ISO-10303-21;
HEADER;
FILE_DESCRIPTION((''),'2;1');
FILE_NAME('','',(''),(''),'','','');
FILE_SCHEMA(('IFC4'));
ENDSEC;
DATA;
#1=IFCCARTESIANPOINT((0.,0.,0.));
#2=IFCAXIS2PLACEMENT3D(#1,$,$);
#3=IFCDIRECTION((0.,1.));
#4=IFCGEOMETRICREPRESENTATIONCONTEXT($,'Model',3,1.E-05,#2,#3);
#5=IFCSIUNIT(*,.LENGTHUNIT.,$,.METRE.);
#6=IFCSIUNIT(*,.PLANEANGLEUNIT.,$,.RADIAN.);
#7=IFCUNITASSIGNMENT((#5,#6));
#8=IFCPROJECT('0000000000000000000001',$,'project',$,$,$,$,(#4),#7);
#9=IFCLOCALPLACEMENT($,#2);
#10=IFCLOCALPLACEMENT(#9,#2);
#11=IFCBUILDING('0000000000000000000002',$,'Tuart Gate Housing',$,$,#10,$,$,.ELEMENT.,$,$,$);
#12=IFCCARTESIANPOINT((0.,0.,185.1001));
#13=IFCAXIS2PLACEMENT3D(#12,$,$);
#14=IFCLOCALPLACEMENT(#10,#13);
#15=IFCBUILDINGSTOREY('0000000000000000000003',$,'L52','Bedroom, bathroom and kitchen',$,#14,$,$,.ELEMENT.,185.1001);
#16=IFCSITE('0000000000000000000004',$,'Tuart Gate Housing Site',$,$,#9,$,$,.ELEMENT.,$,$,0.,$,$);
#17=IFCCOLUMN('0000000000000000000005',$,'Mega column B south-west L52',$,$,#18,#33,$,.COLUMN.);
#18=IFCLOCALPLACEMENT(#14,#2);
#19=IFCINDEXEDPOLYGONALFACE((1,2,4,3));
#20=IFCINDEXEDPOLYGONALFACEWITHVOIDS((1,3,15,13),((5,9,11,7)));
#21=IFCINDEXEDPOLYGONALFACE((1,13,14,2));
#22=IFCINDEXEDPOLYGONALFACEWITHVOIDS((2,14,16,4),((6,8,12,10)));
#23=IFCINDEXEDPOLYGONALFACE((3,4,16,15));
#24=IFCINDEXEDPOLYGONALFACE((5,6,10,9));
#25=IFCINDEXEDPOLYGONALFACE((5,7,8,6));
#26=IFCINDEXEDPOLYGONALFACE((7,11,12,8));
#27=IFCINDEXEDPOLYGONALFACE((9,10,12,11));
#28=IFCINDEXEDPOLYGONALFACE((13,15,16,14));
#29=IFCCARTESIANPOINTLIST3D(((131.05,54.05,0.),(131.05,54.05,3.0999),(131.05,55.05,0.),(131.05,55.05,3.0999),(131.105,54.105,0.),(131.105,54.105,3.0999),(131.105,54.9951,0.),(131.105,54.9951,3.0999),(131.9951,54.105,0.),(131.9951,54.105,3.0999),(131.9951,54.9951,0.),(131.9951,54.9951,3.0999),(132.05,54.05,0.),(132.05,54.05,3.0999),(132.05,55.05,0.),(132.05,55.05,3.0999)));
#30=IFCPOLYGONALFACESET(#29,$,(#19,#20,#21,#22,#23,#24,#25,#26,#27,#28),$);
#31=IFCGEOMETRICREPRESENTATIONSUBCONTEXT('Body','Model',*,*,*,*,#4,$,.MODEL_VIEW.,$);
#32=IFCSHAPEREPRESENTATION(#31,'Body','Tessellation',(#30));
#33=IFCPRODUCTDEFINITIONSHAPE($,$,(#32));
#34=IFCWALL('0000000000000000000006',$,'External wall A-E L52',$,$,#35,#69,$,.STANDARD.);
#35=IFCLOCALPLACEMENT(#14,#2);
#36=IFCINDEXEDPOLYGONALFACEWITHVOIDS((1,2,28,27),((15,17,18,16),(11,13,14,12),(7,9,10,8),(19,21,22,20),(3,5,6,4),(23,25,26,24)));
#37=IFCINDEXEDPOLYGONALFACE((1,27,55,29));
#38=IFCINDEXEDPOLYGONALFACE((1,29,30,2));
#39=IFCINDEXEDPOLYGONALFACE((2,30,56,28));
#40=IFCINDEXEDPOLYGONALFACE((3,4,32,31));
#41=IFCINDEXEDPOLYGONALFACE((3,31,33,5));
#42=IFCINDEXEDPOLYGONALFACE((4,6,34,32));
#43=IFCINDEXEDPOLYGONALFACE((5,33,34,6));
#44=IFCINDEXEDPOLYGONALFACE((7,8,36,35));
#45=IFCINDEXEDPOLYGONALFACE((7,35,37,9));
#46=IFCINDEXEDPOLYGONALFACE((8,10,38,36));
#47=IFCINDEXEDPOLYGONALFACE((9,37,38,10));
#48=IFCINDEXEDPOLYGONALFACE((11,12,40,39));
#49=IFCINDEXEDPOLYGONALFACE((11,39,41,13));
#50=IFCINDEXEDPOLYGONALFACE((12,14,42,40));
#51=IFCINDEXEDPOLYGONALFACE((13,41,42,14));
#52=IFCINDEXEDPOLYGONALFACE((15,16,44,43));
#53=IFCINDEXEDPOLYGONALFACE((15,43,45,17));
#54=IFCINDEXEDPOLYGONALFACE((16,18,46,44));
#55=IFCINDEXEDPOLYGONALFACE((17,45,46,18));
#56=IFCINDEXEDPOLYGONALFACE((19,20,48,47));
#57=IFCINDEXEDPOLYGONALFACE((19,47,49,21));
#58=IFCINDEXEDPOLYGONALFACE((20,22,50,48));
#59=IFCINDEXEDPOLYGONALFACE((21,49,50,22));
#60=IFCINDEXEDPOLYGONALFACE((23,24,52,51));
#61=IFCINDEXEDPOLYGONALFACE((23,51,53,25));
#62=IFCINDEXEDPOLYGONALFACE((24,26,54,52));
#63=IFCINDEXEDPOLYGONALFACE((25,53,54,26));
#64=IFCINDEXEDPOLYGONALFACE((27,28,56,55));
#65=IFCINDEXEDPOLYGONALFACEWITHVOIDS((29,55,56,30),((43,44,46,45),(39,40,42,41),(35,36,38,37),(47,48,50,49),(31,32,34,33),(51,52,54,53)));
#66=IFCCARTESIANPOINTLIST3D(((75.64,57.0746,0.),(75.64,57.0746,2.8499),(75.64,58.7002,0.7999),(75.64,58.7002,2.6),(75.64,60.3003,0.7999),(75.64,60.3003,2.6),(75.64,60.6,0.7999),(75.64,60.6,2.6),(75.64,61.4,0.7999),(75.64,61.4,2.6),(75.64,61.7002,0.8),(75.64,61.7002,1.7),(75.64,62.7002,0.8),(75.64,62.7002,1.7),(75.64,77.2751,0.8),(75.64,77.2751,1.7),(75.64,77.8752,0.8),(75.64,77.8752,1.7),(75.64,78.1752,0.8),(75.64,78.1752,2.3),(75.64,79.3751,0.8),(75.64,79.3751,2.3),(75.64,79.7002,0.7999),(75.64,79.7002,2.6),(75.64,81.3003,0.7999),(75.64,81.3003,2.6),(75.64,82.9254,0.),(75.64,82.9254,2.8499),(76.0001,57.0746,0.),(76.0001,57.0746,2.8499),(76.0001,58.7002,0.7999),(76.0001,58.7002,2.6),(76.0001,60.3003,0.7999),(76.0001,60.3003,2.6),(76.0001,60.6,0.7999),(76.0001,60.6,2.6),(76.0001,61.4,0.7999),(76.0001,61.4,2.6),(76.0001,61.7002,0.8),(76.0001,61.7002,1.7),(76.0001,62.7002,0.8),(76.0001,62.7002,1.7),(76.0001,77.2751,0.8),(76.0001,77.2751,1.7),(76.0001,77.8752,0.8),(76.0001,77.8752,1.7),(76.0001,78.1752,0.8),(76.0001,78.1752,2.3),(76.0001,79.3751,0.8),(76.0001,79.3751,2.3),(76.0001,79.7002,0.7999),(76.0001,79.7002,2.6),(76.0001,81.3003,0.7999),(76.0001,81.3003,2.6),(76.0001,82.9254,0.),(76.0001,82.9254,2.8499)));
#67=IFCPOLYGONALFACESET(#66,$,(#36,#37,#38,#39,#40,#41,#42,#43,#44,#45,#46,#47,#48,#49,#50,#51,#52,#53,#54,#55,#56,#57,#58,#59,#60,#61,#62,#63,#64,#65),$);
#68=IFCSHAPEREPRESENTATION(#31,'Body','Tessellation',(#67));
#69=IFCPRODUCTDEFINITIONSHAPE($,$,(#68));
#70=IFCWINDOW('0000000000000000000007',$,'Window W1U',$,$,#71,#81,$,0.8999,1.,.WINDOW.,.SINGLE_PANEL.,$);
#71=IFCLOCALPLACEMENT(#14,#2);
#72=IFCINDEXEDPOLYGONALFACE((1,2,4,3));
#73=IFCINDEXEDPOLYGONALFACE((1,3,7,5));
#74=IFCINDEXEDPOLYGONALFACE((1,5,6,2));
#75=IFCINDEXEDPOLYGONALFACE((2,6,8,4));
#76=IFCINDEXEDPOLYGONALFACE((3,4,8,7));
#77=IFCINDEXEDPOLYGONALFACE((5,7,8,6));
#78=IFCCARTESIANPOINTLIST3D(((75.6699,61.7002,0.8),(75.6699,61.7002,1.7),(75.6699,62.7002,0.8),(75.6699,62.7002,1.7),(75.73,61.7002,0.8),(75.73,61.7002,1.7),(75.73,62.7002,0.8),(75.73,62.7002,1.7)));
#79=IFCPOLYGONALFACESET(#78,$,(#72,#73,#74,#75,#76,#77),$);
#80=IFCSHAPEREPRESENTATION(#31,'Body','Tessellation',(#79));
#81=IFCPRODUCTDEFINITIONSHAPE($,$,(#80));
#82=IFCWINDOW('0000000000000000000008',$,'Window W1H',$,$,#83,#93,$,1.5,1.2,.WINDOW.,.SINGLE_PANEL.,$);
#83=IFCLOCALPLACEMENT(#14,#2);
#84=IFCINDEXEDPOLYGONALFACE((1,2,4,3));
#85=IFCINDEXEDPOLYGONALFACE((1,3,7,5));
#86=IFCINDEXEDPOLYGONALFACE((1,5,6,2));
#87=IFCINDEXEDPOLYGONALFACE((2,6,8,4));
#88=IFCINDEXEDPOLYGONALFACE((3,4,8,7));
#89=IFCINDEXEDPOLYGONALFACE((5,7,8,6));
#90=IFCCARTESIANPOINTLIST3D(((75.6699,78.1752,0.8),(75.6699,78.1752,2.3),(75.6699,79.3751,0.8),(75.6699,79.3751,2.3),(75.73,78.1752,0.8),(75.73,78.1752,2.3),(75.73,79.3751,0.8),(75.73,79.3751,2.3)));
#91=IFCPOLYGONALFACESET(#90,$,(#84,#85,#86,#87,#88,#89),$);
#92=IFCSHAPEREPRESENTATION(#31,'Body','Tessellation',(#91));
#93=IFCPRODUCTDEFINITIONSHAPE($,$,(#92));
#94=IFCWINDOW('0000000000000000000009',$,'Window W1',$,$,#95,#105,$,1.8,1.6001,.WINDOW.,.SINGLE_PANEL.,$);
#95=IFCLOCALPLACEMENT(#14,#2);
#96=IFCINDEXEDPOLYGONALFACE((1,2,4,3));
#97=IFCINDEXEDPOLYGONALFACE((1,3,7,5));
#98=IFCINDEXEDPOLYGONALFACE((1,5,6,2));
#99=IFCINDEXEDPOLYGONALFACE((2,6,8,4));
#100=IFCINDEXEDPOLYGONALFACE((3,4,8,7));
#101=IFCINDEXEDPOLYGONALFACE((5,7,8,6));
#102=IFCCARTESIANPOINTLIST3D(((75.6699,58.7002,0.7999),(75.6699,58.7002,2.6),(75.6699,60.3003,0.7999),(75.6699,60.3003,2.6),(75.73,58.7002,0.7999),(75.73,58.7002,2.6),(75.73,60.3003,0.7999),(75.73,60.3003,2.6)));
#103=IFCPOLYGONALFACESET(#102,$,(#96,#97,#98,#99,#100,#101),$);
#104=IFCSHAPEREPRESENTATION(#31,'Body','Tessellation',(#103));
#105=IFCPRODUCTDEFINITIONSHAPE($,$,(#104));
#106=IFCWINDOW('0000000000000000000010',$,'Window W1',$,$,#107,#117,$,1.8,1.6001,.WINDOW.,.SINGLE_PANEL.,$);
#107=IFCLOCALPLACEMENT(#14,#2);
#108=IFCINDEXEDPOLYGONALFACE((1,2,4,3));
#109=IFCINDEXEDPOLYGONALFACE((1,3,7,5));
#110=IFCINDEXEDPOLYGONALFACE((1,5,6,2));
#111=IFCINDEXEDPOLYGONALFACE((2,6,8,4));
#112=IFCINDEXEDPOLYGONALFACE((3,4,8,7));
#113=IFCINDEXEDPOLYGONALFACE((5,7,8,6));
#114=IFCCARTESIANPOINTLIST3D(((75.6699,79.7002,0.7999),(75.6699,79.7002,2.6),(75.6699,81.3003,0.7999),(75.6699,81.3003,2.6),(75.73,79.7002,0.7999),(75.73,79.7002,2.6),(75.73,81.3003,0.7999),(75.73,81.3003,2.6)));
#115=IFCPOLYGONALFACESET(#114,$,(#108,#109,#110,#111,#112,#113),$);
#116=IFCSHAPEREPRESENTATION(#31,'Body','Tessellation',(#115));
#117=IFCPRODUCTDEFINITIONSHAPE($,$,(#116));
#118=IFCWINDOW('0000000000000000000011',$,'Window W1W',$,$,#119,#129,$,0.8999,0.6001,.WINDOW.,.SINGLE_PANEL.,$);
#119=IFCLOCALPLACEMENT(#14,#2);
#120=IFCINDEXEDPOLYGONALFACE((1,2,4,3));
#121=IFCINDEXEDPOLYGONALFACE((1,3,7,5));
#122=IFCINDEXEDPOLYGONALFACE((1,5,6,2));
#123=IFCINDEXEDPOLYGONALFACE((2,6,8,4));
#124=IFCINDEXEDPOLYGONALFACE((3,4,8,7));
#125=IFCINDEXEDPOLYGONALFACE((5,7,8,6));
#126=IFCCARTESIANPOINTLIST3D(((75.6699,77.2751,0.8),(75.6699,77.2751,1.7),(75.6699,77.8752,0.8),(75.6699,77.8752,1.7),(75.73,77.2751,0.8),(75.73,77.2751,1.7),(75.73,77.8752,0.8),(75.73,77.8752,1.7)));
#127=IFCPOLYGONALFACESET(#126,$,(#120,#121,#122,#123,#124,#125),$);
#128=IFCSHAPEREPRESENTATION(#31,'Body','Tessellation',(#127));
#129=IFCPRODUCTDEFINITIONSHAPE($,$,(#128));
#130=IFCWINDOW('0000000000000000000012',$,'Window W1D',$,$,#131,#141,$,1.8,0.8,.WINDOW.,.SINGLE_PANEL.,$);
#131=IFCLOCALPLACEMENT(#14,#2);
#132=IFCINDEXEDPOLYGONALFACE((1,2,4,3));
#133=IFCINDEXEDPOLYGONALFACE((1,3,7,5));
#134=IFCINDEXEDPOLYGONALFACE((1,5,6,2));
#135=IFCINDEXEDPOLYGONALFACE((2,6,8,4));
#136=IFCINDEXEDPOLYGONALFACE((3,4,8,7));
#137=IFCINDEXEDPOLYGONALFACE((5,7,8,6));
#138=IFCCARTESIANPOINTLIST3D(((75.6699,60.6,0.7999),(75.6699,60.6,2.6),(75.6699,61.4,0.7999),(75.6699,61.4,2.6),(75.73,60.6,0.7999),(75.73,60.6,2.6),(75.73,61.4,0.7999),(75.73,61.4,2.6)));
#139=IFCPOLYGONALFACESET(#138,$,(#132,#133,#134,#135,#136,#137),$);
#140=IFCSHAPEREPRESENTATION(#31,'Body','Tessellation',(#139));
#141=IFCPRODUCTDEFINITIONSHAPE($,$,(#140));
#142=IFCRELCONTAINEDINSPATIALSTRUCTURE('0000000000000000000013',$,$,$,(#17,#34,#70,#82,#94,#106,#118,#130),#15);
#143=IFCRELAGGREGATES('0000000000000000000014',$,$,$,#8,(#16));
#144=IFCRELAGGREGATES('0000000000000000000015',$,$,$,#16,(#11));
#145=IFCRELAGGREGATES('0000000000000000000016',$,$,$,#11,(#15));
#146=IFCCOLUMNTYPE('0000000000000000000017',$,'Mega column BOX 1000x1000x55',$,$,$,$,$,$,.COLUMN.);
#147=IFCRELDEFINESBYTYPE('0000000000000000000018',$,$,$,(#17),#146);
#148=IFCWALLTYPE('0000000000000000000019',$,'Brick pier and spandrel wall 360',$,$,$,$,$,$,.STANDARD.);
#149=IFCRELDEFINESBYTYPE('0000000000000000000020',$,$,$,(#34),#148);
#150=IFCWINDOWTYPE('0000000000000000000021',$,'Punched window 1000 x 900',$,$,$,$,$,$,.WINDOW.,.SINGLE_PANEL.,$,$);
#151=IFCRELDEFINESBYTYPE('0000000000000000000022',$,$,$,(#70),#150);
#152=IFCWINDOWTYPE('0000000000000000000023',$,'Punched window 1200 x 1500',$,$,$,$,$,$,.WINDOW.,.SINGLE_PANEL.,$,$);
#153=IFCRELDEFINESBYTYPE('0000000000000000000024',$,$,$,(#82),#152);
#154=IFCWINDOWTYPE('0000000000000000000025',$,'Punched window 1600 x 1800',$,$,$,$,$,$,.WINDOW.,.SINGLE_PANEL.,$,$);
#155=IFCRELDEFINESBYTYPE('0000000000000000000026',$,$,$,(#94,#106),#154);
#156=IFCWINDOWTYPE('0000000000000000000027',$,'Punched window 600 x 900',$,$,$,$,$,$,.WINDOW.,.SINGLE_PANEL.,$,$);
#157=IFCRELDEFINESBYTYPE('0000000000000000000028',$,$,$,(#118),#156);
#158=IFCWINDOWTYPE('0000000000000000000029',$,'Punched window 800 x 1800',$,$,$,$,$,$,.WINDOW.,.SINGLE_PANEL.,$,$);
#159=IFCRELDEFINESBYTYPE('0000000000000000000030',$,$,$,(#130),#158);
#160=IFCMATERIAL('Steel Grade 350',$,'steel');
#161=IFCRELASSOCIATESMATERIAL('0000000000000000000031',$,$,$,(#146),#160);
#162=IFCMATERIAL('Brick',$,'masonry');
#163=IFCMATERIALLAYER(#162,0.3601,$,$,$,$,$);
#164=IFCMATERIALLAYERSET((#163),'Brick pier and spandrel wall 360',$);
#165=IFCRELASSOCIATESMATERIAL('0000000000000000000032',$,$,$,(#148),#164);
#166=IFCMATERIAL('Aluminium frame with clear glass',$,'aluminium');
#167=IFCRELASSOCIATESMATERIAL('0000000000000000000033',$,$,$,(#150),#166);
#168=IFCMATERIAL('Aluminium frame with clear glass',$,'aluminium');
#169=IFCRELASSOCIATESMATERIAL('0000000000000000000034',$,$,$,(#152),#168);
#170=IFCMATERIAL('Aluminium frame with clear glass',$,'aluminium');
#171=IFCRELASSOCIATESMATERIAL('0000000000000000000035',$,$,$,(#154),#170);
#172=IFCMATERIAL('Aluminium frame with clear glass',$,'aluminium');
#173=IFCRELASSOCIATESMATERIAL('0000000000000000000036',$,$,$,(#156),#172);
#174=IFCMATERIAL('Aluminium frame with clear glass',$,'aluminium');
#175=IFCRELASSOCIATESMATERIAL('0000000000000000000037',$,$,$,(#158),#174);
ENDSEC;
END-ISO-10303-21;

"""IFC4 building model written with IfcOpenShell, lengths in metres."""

from ifc_helpers import new_model, si_unit, direction, frame, frame_2d, origin, origin_2d, place, context, subcontext, project, spatial, rectangle, hollow_rectangle, extrude, material, layer, layer_set, material_profile, profile_set, type_object, element, fill, save


model = new_model("IFC4")

# Units and contexts
model_context = context("Model", 3, precision=1e-05, world=origin(), true_north=direction((0.0, 1.0)))
body_context = subcontext(model_context, "Body", "Model", "MODEL_VIEW")
ifc_project = project(units=[si_unit("LENGTHUNIT", "METRE"), si_unit("PLANEANGLEUNIT", "RADIAN")], contexts=[model_context])

# Site, building, storey
site_placement = place(None, origin())
site = spatial("IfcSite", under=ifc_project, at=site_placement, Name="Tuart Gate Housing Site", CompositionType="ELEMENT", RefElevation=0.0)
building_placement = place(site_placement, origin())
building = spatial("IfcBuilding", under=site, at=building_placement, Name="Tuart Gate Housing", CompositionType="ELEMENT")
storey_placement = place(building_placement, frame((0.0, 0.0, 185.1001)))
storey = spatial("IfcBuildingStorey", under=building, at=storey_placement, Name="L52", Description="Bedroom, bathroom and kitchen", CompositionType="ELEMENT", Elevation=185.1001)

# Column
ifc_material_1 = material(Name="Steel Grade 350", Category="steel")
ifc_material_profile = material_profile(ifc_material_1, hollow_rectangle(XDim=1.0, YDim=1.0, WallThickness=0.0549, at=origin_2d()), Name="BOX 1000x1000x55")
ifc_profile_set = profile_set([ifc_material_profile], Name="Steel Grade 350")
column_type = type_object("IfcColumnType", Name="Mega column BOX 1000x1000x55", PredefinedType="COLUMN", material=ifc_profile_set)
column_placement = place(storey_placement, frame((131.55, 54.55, 0.0), z_axis=(0.0, 0.0, 1.0), x_axis=(1.0, 0.0, 0.0)))
element("IfcColumn", 1, at=column_placement, inside=storey, type_object=column_type, Name="Mega column B south-west L52", PredefinedType="COLUMN", context=body_context, shape_type="SweptSolid", body=[
    extrude(hollow_rectangle(XDim=1.0, YDim=1.0, WallThickness=0.0549, at=origin_2d()), origin(), (0.0, 0.0, 1.0), 3.0999),
])

# Wall, openings, windows
ifc_material_2 = material(Name="Brick", Category="masonry")
ifc_layer_1 = layer(ifc_material_2, 0.3601)
ifc_layer_set_1 = layer_set([ifc_layer_1], Name="Brick pier and spandrel wall 360")
wall_type_1 = type_object("IfcWallType", Name="Brick pier and spandrel wall 360", PredefinedType="STANDARD", material=ifc_layer_set_1)
wall_1_placement = place(storey_placement, frame((75.8201, 57.0747, 0.0), z_axis=(0.0, 0.0, 1.0), x_axis=(0.0, 1.0, 0.0)))
wall_1 = element("IfcWall", 2, at=wall_1_placement, inside=storey, type_object=wall_type_1, Name="External wall A-E L52", PredefinedType="STANDARD", context=body_context, shape_type="SweptSolid", body=[
    extrude(rectangle(XDim=25.8508, YDim=0.3601, at=frame_2d((12.9253, 0.0))), origin(), (0.0, 0.0, 1.0), 2.8499),
])
opening_1_placement = place(wall_1_placement, frame((1.6255, 0.0, 0.8)))
opening_1 = element("IfcOpeningElement", 3, at=opening_1_placement, cuts=wall_1, PredefinedType="OPENING", context=body_context, shape_type="SweptSolid", body=[
    extrude(rectangle(XDim=1.6001, YDim=1.8, at=frame_2d((0.8, 0.8999))), frame((0.0, 0.1899, 0.0), z_axis=(0.0, -1.0, 0.0), x_axis=(1.0, 0.0, 0.0)), (0.0, 0.0, 1.0), 0.3801),
])
opening_2_placement = place(wall_1_placement, frame((3.5254, 0.0, 0.8)))
opening_2 = element("IfcOpeningElement", 4, at=opening_2_placement, cuts=wall_1, PredefinedType="OPENING", context=body_context, shape_type="SweptSolid", body=[
    extrude(rectangle(XDim=0.8, YDim=1.8, at=frame_2d((0.3999, 0.8999))), frame((0.0, 0.1899, 0.0), z_axis=(0.0, -1.0, 0.0), x_axis=(1.0, 0.0, 0.0)), (0.0, 0.0, 1.0), 0.3801),
])
opening_3_placement = place(wall_1_placement, frame((20.2004, 0.0, 0.8)))
opening_3 = element("IfcOpeningElement", 5, at=opening_3_placement, cuts=wall_1, PredefinedType="OPENING", context=body_context, shape_type="SweptSolid", body=[
    extrude(rectangle(XDim=0.6001, YDim=0.8999, at=frame_2d((0.3, 0.45))), frame((0.0, 0.1899, 0.0), z_axis=(0.0, -1.0, 0.0), x_axis=(1.0, 0.0, 0.0)), (0.0, 0.0, 1.0), 0.3801),
])
opening_4_placement = place(wall_1_placement, frame((22.6255, 0.0, 0.8)))
opening_4 = element("IfcOpeningElement", 6, at=opening_4_placement, cuts=wall_1, PredefinedType="OPENING", context=body_context, shape_type="SweptSolid", body=[
    extrude(rectangle(XDim=1.6001, YDim=1.8, at=frame_2d((0.8, 0.8999))), frame((0.0, 0.1899, 0.0), z_axis=(0.0, -1.0, 0.0), x_axis=(1.0, 0.0, 0.0)), (0.0, 0.0, 1.0), 0.3801),
])
opening_5_placement = place(wall_1_placement, frame((4.6255, 0.0, 0.8)))
opening_5 = element("IfcOpeningElement", 7, at=opening_5_placement, cuts=wall_1, PredefinedType="OPENING", context=body_context, shape_type="SweptSolid", body=[
    extrude(rectangle(XDim=1.0, YDim=0.8999, at=frame_2d((0.5, 0.45))), frame((0.0, 0.1899, 0.0), z_axis=(0.0, -1.0, 0.0), x_axis=(1.0, 0.0, 0.0)), (0.0, 0.0, 1.0), 0.3801),
])
opening_6_placement = place(wall_1_placement, frame((21.1003, 0.0, 0.8)))
opening_6 = element("IfcOpeningElement", 8, at=opening_6_placement, cuts=wall_1, PredefinedType="OPENING", context=body_context, shape_type="SweptSolid", body=[
    extrude(rectangle(XDim=1.2, YDim=1.5, at=frame_2d((0.6001, 0.75))), frame((0.0, 0.1899, 0.0), z_axis=(0.0, -1.0, 0.0), x_axis=(1.0, 0.0, 0.0)), (0.0, 0.0, 1.0), 0.3801),
])
ifc_material_3 = material(Name="Aluminium frame with clear glass", Category="aluminium")
window_type_1 = type_object("IfcWindowType", Name="Punched window 1000 x 900", PartitioningType="SINGLE_PANEL", PredefinedType="WINDOW", material=ifc_material_3)
window_1_placement = place(opening_5_placement, origin())
window_1 = element("IfcWindow", 9, at=window_1_placement, inside=storey, type_object=window_type_1, Name="Window W1U", OverallHeight=0.8999, OverallWidth=1.0, PartitioningType="SINGLE_PANEL", PredefinedType="WINDOW", context=body_context, shape_type="SweptSolid", body=[
    extrude(rectangle(XDim=1.0, YDim=0.8999, at=frame_2d((0.5, 0.45))), frame((0.0, 0.1501, 0.0), z_axis=(0.0, -1.0, 0.0), x_axis=(1.0, 0.0, 0.0)), (0.0, 0.0, 1.0), 0.0601),
])
fill(opening_5, window_1)
ifc_material_4 = material(Name="Aluminium frame with clear glass", Category="aluminium")
window_type_2 = type_object("IfcWindowType", Name="Punched window 1200 x 1500", PartitioningType="SINGLE_PANEL", PredefinedType="WINDOW", material=ifc_material_4)
window_2_placement = place(opening_6_placement, origin())
window_2 = element("IfcWindow", 10, at=window_2_placement, inside=storey, type_object=window_type_2, Name="Window W1H", OverallHeight=1.5, OverallWidth=1.2, PartitioningType="SINGLE_PANEL", PredefinedType="WINDOW", context=body_context, shape_type="SweptSolid", body=[
    extrude(rectangle(XDim=1.2, YDim=1.5, at=frame_2d((0.6001, 0.75))), frame((0.0, 0.1501, 0.0), z_axis=(0.0, -1.0, 0.0), x_axis=(1.0, 0.0, 0.0)), (0.0, 0.0, 1.0), 0.0601),
])
fill(opening_6, window_2)
ifc_material_5 = material(Name="Aluminium frame with clear glass", Category="aluminium")
window_type_3 = type_object("IfcWindowType", Name="Punched window 1600 x 1800", PartitioningType="SINGLE_PANEL", PredefinedType="WINDOW", material=ifc_material_5)
window_3_placement = place(opening_1_placement, origin())
window_3 = element("IfcWindow", 11, at=window_3_placement, inside=storey, type_object=window_type_3, Name="Window W1", OverallHeight=1.8, OverallWidth=1.6001, PartitioningType="SINGLE_PANEL", PredefinedType="WINDOW", context=body_context, shape_type="SweptSolid", body=[
    extrude(rectangle(XDim=1.6001, YDim=1.8, at=frame_2d((0.8, 0.8999))), frame((0.0, 0.1501, 0.0), z_axis=(0.0, -1.0, 0.0), x_axis=(1.0, 0.0, 0.0)), (0.0, 0.0, 1.0), 0.0601),
])
fill(opening_1, window_3)
window_4_placement = place(opening_4_placement, origin())
window_4 = element("IfcWindow", 12, at=window_4_placement, inside=storey, type_object=window_type_3, Name="Window W1", OverallHeight=1.8, OverallWidth=1.6001, PartitioningType="SINGLE_PANEL", PredefinedType="WINDOW", context=body_context, shape_type="SweptSolid", body=[
    extrude(rectangle(XDim=1.6001, YDim=1.8, at=frame_2d((0.8, 0.8999))), frame((0.0, 0.1501, 0.0), z_axis=(0.0, -1.0, 0.0), x_axis=(1.0, 0.0, 0.0)), (0.0, 0.0, 1.0), 0.0601),
])
fill(opening_4, window_4)
ifc_material_6 = material(Name="Aluminium frame with clear glass", Category="aluminium")
window_type_4 = type_object("IfcWindowType", Name="Punched window 600 x 900", PartitioningType="SINGLE_PANEL", PredefinedType="WINDOW", material=ifc_material_6)
window_5_placement = place(opening_3_placement, origin())
window_5 = element("IfcWindow", 13, at=window_5_placement, inside=storey, type_object=window_type_4, Name="Window W1W", OverallHeight=0.8999, OverallWidth=0.6001, PartitioningType="SINGLE_PANEL", PredefinedType="WINDOW", context=body_context, shape_type="SweptSolid", body=[
    extrude(rectangle(XDim=0.6001, YDim=0.8999, at=frame_2d((0.3, 0.45))), frame((0.0, 0.1501, 0.0), z_axis=(0.0, -1.0, 0.0), x_axis=(1.0, 0.0, 0.0)), (0.0, 0.0, 1.0), 0.0601),
])
fill(opening_3, window_5)
ifc_material_7 = material(Name="Aluminium frame with clear glass", Category="aluminium")
window_type_5 = type_object("IfcWindowType", Name="Punched window 800 x 1800", PartitioningType="SINGLE_PANEL", PredefinedType="WINDOW", material=ifc_material_7)
window_6_placement = place(opening_2_placement, origin())
window_6 = element("IfcWindow", 14, at=window_6_placement, inside=storey, type_object=window_type_5, Name="Window W1D", OverallHeight=1.8, OverallWidth=0.8, PartitioningType="SINGLE_PANEL", PredefinedType="WINDOW", context=body_context, shape_type="SweptSolid", body=[
    extrude(rectangle(XDim=0.8, YDim=1.8, at=frame_2d((0.3999, 0.8999))), frame((0.0, 0.1501, 0.0), z_axis=(0.0, -1.0, 0.0), x_axis=(1.0, 0.0, 0.0)), (0.0, 0.0, 1.0), 0.0601),
])
fill(opening_2, window_6)

save(model, "model.ifc")
